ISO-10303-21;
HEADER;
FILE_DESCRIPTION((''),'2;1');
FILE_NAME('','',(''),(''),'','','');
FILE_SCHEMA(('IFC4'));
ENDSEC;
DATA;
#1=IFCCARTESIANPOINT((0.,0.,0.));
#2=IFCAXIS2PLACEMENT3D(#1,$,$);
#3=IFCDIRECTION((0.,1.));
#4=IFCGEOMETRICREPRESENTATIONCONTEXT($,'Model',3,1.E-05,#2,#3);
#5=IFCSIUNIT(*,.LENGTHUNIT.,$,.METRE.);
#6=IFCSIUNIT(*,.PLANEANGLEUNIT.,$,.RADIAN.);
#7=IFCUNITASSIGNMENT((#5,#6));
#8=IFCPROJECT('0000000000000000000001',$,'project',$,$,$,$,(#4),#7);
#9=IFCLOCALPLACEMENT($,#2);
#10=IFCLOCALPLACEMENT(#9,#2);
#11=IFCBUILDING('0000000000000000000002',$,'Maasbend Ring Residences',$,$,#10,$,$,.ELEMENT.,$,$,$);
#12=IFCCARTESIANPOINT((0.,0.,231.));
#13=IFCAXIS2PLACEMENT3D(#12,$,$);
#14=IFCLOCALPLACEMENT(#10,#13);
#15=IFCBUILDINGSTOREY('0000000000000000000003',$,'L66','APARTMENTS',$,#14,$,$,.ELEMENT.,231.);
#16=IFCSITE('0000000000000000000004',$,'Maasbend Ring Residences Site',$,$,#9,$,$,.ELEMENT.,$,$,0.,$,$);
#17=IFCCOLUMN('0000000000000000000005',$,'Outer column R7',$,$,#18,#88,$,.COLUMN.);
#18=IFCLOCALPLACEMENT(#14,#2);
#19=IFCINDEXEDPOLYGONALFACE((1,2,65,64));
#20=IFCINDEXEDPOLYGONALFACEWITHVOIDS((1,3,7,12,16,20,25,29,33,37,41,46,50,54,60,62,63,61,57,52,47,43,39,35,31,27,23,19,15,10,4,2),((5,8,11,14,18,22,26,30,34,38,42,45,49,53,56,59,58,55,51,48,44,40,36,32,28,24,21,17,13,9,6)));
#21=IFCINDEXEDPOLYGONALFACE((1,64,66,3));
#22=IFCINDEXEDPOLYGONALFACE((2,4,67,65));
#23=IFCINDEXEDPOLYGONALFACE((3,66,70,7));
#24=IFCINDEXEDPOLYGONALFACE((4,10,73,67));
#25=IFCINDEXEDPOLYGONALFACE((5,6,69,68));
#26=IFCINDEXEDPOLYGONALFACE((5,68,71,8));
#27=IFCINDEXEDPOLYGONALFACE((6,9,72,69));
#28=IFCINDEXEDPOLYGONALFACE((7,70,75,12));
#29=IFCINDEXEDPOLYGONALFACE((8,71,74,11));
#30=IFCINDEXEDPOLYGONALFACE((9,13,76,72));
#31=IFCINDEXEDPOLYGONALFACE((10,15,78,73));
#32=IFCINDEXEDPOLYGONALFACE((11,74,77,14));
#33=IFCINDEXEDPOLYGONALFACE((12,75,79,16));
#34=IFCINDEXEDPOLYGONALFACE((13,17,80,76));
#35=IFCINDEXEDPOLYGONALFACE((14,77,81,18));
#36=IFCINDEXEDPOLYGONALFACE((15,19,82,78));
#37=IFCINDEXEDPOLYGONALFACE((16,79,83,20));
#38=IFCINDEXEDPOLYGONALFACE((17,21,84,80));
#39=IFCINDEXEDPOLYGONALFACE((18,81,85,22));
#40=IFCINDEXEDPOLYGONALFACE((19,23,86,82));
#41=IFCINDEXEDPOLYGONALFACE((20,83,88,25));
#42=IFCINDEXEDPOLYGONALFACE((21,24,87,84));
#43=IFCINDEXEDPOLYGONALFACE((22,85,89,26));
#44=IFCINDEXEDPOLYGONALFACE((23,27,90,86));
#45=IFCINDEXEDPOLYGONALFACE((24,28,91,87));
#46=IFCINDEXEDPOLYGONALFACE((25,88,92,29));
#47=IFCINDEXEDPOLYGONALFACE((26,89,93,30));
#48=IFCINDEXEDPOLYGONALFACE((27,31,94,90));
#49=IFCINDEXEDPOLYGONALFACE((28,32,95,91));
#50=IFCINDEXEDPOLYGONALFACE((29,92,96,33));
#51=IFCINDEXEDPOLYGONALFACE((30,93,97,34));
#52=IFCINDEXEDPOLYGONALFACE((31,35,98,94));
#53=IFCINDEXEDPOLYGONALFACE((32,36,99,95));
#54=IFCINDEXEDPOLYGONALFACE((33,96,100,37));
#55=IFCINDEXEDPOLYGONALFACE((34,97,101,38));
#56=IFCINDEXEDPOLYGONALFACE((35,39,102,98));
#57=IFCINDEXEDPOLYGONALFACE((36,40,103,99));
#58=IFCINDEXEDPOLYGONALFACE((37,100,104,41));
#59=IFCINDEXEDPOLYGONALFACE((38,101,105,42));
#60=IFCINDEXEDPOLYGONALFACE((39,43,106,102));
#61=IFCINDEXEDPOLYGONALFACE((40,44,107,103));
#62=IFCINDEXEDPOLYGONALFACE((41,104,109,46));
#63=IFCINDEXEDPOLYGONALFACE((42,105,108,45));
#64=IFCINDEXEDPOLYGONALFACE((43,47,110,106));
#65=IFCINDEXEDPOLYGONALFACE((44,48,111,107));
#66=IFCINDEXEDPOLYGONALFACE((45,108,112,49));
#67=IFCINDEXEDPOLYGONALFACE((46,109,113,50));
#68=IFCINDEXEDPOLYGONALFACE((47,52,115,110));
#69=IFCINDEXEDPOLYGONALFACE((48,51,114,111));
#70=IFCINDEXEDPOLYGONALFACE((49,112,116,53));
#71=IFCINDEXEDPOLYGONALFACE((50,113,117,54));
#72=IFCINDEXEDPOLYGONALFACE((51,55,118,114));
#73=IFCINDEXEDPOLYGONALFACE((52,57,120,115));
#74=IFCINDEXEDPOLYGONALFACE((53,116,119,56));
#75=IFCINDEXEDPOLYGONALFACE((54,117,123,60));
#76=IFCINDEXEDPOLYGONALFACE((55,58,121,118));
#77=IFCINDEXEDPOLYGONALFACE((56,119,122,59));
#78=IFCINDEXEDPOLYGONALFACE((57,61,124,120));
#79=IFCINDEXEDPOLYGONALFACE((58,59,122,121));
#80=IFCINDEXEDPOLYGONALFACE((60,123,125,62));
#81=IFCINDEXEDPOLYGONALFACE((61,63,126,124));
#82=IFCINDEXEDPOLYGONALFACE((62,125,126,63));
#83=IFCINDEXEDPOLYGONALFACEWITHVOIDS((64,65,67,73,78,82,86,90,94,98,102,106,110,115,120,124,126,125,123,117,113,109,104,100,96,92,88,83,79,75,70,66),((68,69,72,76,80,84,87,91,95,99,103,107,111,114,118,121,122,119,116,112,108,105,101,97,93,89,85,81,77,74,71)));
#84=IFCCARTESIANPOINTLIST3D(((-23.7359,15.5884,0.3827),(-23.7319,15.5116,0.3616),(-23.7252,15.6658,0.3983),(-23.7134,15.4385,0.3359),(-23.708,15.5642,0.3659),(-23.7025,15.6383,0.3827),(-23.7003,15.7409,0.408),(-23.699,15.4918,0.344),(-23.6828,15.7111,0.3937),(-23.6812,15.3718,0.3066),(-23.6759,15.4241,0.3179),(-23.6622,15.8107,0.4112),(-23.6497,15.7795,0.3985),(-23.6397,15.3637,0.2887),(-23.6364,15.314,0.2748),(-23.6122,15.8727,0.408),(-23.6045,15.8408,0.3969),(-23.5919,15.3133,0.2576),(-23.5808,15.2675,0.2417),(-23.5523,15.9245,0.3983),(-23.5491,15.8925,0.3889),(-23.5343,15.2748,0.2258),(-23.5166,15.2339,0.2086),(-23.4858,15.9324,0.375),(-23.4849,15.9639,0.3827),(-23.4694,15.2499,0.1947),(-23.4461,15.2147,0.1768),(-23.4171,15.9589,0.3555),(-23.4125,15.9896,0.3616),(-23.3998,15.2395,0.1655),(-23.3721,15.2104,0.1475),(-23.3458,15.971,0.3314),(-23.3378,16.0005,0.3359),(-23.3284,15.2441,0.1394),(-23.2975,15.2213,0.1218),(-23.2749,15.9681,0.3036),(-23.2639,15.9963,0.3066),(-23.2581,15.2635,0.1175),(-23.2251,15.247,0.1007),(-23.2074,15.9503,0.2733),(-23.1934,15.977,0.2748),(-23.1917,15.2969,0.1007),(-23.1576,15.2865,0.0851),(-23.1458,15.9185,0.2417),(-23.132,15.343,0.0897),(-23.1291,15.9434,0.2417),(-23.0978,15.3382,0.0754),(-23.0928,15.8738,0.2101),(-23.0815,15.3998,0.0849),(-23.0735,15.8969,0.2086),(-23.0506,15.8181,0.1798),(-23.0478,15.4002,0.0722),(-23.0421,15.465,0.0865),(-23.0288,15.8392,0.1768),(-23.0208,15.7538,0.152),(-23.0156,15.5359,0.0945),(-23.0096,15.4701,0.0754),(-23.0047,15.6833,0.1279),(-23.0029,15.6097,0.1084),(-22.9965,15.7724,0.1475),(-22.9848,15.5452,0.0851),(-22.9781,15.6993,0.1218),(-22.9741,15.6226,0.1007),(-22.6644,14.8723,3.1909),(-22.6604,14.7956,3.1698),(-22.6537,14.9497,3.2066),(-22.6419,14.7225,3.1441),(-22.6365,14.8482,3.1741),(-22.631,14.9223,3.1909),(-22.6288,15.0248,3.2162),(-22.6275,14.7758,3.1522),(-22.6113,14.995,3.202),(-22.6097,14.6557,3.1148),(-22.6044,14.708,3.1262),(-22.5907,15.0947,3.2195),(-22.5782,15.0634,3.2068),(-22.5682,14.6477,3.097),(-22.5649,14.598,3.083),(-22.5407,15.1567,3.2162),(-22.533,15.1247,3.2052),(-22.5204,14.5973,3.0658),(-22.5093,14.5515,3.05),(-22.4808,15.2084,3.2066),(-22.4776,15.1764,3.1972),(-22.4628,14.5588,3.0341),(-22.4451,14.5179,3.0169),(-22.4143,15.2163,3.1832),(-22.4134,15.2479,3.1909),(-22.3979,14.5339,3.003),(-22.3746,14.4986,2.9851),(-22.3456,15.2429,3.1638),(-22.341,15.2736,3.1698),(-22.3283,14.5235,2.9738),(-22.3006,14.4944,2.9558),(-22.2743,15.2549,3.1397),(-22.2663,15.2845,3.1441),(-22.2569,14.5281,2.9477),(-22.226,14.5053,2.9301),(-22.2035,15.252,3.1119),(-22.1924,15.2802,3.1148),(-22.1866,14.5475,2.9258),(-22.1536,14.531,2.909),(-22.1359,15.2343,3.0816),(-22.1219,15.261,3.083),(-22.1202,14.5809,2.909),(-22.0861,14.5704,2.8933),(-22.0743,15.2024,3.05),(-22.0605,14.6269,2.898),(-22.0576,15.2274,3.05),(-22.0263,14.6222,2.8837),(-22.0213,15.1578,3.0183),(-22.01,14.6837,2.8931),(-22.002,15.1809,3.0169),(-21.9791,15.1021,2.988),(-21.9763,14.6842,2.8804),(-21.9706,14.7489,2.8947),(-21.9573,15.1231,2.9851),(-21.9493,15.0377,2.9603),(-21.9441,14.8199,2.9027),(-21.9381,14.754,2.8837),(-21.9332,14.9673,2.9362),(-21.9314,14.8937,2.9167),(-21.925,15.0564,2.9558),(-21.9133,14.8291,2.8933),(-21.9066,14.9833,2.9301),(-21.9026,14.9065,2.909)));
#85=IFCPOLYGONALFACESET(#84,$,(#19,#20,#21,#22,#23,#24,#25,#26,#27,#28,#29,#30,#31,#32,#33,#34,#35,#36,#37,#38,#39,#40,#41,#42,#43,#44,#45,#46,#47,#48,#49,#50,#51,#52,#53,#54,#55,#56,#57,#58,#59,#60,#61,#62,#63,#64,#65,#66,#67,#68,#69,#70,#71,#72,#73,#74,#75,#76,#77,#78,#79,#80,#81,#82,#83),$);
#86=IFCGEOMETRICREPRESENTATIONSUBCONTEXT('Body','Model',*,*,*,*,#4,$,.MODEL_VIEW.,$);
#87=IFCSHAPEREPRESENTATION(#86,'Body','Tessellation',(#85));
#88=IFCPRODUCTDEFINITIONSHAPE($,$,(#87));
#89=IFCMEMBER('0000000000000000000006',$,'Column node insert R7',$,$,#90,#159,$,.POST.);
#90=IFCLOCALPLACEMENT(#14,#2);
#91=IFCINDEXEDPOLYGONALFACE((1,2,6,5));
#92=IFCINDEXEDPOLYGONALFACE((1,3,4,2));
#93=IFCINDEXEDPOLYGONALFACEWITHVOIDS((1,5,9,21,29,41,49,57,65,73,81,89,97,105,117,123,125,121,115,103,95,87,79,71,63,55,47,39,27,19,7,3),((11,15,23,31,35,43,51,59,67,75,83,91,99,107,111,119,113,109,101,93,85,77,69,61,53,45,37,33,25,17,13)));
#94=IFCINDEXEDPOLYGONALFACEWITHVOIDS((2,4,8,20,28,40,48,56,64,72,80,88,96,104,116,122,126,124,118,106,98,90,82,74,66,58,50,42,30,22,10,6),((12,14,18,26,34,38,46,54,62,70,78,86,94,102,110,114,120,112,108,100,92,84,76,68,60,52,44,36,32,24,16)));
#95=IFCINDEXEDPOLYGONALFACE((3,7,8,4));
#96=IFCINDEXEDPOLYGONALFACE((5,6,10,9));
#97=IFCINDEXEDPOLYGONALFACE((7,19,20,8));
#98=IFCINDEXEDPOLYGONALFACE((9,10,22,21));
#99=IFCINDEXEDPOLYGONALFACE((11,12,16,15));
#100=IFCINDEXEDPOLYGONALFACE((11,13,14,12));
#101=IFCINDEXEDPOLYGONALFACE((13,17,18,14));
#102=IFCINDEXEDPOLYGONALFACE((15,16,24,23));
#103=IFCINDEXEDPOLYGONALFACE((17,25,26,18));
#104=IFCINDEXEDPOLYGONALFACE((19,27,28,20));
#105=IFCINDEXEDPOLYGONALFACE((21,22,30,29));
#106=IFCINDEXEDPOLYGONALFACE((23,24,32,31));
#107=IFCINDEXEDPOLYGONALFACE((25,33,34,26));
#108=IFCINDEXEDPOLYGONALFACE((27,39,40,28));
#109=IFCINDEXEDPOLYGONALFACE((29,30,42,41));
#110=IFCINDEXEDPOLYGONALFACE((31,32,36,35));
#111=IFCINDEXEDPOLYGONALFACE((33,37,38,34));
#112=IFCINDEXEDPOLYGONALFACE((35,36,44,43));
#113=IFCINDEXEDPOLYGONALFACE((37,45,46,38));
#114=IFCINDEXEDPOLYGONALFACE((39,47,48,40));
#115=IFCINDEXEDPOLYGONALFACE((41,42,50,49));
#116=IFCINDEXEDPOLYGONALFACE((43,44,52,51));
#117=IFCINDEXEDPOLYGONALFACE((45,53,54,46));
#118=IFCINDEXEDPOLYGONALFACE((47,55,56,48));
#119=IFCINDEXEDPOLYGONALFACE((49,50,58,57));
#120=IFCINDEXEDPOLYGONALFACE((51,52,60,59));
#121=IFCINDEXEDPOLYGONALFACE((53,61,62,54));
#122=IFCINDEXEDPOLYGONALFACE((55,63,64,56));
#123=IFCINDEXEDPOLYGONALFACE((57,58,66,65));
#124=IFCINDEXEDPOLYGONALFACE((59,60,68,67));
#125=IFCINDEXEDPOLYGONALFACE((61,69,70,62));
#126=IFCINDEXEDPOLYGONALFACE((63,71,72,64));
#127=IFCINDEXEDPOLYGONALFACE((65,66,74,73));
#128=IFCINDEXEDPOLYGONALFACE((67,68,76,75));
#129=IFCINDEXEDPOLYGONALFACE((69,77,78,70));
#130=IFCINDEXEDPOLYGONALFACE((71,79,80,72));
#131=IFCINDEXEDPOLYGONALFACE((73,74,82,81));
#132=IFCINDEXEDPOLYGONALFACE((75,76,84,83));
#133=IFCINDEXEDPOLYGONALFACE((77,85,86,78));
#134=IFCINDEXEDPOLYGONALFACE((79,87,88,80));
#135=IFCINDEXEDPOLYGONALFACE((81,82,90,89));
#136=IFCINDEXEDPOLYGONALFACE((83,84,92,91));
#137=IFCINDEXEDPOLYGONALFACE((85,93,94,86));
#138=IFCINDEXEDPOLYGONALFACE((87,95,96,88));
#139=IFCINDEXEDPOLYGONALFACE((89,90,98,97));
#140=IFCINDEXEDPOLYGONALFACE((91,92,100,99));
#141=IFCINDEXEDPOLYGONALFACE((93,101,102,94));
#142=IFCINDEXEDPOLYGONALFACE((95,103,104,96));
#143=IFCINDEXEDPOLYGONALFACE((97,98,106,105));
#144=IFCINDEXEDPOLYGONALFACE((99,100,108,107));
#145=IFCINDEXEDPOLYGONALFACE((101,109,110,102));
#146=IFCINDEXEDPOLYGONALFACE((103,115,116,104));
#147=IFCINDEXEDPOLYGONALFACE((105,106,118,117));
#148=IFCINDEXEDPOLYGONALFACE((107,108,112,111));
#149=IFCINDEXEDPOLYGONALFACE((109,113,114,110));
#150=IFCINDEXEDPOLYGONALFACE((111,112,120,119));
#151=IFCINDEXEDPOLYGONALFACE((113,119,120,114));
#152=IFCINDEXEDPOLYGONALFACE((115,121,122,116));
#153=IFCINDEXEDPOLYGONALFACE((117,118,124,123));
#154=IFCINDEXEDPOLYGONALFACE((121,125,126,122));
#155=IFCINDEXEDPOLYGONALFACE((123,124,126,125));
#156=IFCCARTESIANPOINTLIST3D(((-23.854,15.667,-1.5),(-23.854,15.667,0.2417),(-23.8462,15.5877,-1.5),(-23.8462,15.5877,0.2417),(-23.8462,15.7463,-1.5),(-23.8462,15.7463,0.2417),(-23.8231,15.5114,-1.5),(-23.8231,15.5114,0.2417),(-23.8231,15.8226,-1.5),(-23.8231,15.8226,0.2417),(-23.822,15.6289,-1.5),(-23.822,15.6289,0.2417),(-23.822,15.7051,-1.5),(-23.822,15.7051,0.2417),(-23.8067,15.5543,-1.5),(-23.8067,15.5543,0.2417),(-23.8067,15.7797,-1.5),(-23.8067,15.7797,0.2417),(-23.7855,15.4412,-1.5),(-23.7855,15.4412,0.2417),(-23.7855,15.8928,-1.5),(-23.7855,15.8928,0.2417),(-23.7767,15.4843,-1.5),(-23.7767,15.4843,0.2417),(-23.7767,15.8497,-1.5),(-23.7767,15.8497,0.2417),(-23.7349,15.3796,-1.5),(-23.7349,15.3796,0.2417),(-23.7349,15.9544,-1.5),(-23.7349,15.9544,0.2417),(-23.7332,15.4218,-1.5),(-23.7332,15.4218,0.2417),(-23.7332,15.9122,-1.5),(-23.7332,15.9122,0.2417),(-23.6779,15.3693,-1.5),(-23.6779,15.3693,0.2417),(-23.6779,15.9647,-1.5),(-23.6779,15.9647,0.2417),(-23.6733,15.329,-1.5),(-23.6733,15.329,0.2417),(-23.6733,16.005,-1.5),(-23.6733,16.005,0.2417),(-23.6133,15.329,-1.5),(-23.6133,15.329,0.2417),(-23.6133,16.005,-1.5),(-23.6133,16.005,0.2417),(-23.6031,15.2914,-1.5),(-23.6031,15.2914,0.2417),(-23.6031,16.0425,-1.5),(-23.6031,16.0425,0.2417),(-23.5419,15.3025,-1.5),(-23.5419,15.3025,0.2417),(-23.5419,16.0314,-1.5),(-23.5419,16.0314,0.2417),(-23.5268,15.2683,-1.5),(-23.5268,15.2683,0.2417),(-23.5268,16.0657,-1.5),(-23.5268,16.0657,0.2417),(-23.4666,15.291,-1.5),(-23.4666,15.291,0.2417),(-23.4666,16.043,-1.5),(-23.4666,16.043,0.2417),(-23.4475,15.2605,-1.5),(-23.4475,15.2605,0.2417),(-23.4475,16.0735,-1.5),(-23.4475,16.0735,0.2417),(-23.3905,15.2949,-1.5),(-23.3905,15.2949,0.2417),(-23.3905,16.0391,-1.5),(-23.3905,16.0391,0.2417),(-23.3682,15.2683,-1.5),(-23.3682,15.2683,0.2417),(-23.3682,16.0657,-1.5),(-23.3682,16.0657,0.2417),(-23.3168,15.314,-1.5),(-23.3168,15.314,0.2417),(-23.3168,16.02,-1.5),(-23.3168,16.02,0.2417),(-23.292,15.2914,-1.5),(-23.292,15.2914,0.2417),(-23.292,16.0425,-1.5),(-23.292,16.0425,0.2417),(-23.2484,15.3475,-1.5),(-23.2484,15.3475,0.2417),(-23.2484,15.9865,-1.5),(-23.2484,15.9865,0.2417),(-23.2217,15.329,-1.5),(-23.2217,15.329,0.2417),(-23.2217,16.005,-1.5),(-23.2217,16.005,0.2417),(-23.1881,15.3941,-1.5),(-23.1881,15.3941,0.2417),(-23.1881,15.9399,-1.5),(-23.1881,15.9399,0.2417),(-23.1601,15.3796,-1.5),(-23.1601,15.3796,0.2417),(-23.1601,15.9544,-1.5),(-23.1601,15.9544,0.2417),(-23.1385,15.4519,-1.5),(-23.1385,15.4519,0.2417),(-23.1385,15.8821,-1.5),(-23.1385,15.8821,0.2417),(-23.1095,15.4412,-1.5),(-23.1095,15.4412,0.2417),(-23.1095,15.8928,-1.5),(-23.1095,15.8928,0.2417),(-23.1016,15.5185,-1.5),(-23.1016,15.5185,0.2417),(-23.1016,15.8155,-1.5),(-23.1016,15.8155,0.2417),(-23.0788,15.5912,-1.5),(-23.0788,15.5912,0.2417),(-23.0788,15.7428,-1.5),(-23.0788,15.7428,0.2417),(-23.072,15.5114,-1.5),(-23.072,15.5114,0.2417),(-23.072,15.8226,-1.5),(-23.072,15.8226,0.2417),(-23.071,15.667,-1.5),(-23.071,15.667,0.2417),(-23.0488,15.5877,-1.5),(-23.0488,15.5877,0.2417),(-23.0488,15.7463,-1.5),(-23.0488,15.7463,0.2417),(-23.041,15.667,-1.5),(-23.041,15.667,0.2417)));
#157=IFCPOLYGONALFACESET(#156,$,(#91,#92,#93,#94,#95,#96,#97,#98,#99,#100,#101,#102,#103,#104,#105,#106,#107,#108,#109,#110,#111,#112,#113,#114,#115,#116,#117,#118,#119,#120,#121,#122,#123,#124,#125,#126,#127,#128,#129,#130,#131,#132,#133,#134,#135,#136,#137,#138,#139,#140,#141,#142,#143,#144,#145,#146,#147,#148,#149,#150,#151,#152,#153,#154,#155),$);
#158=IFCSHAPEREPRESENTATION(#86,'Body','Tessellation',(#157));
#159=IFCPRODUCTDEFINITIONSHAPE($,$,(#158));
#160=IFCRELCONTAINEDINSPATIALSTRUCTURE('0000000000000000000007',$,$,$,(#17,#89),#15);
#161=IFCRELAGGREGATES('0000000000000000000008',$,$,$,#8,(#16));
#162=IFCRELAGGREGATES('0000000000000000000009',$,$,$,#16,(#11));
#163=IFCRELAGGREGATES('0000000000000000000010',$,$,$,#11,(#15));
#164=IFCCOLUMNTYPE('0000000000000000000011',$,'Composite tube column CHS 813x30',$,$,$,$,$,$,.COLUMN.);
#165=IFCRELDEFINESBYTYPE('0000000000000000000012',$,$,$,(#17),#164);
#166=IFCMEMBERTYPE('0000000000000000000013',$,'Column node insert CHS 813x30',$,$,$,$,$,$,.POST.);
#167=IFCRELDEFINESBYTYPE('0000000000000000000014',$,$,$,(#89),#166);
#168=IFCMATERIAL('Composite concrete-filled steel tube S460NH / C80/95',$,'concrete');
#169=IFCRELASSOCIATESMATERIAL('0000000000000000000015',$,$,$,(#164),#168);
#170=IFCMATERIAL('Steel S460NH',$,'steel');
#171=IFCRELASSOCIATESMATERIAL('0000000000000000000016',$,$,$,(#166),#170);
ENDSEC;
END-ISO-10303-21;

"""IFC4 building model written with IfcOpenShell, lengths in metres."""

from ifc_helpers import new_model, si_unit, direction, frame, origin, origin_2d, place, context, subcontext, project, spatial, hollow_circle, extrude, material, material_profile, profile_set, type_object, element, save


model = new_model("IFC4")

# Units and contexts
model_context = context("Model", 3, precision=1e-05, world=origin(), true_north=direction((0.0, 1.0)))
body_context = subcontext(model_context, "Body", "Model", "MODEL_VIEW")
ifc_project = project(units=[si_unit("LENGTHUNIT", "METRE"), si_unit("PLANEANGLEUNIT", "RADIAN")], contexts=[model_context])

# Site, building, storey
site_placement = place(None, origin())
site = spatial("IfcSite", under=ifc_project, at=site_placement, Name="Maasbend Ring Residences Site", CompositionType="ELEMENT", RefElevation=0.0)
building_placement = place(site_placement, origin())
building = spatial("IfcBuilding", under=site, at=building_placement, Name="Maasbend Ring Residences", CompositionType="ELEMENT")
storey_placement = place(building_placement, frame((0.0, 0.0, 231.0)))
storey = spatial("IfcBuildingStorey", under=building, at=storey_placement, Name="L66", Description="APARTMENTS", CompositionType="ELEMENT", Elevation=231.0)

# Column
ifc_material_1 = material(Name="Composite concrete-filled steel tube S460NH / C80/95", Category="concrete")
ifc_material_profile_1 = material_profile(ifc_material_1, hollow_circle(Radius=0.4065, WallThickness=0.03, at=origin_2d()), Name="Composite tube column CHS 813x30")
ifc_profile_set_1 = profile_set([ifc_material_profile_1], Name="Composite concrete-filled steel tube S460NH / C80/95")
column_type = type_object("IfcColumnType", Name="Composite tube column CHS 813x30", PredefinedType="COLUMN", material=ifc_profile_set_1)
column_placement = place(storey_placement, frame((-23.355, 15.6055, 0.2417), z_axis=(0.346781, -0.23174, 0.908867), x_axis=(0.555618, 0.831438, 0.0)))
element("IfcColumn", 1, at=column_placement, inside=storey, type_object=column_type, Name="Outer column R7", PredefinedType="COLUMN", context=body_context, shape_type="SweptSolid", body=[
    extrude(hollow_circle(Radius=0.4065, WallThickness=0.03, at=origin_2d()), origin(), (0.0, 0.0, 1.0), 3.0898),
])

# Member
ifc_material_2 = material(Name="Steel S460NH", Category="steel")
ifc_material_profile_2 = material_profile(ifc_material_2, hollow_circle(Radius=0.4065, WallThickness=0.03, at=origin_2d()), Name="Column node insert CHS 813x30")
ifc_profile_set_2 = profile_set([ifc_material_profile_2], Name="Steel S460NH")
member_type = type_object("IfcMemberType", Name="Column node insert CHS 813x30", PredefinedType="POST", material=ifc_profile_set_2)
member_placement = place(storey_placement, frame((-23.4475, 15.667, -1.5), z_axis=(0.0, 0.0, 1.0), x_axis=(1.0, 0.0, 0.0)))
element("IfcMember", 2, at=member_placement, inside=storey, type_object=member_type, Name="Column node insert R7", PredefinedType="POST", context=body_context, shape_type="SweptSolid", body=[
    extrude(hollow_circle(Radius=0.4065, WallThickness=0.03, at=origin_2d()), origin(), (0.0, 0.0, 1.0), 1.7417),
])

save(model, "model.ifc")
